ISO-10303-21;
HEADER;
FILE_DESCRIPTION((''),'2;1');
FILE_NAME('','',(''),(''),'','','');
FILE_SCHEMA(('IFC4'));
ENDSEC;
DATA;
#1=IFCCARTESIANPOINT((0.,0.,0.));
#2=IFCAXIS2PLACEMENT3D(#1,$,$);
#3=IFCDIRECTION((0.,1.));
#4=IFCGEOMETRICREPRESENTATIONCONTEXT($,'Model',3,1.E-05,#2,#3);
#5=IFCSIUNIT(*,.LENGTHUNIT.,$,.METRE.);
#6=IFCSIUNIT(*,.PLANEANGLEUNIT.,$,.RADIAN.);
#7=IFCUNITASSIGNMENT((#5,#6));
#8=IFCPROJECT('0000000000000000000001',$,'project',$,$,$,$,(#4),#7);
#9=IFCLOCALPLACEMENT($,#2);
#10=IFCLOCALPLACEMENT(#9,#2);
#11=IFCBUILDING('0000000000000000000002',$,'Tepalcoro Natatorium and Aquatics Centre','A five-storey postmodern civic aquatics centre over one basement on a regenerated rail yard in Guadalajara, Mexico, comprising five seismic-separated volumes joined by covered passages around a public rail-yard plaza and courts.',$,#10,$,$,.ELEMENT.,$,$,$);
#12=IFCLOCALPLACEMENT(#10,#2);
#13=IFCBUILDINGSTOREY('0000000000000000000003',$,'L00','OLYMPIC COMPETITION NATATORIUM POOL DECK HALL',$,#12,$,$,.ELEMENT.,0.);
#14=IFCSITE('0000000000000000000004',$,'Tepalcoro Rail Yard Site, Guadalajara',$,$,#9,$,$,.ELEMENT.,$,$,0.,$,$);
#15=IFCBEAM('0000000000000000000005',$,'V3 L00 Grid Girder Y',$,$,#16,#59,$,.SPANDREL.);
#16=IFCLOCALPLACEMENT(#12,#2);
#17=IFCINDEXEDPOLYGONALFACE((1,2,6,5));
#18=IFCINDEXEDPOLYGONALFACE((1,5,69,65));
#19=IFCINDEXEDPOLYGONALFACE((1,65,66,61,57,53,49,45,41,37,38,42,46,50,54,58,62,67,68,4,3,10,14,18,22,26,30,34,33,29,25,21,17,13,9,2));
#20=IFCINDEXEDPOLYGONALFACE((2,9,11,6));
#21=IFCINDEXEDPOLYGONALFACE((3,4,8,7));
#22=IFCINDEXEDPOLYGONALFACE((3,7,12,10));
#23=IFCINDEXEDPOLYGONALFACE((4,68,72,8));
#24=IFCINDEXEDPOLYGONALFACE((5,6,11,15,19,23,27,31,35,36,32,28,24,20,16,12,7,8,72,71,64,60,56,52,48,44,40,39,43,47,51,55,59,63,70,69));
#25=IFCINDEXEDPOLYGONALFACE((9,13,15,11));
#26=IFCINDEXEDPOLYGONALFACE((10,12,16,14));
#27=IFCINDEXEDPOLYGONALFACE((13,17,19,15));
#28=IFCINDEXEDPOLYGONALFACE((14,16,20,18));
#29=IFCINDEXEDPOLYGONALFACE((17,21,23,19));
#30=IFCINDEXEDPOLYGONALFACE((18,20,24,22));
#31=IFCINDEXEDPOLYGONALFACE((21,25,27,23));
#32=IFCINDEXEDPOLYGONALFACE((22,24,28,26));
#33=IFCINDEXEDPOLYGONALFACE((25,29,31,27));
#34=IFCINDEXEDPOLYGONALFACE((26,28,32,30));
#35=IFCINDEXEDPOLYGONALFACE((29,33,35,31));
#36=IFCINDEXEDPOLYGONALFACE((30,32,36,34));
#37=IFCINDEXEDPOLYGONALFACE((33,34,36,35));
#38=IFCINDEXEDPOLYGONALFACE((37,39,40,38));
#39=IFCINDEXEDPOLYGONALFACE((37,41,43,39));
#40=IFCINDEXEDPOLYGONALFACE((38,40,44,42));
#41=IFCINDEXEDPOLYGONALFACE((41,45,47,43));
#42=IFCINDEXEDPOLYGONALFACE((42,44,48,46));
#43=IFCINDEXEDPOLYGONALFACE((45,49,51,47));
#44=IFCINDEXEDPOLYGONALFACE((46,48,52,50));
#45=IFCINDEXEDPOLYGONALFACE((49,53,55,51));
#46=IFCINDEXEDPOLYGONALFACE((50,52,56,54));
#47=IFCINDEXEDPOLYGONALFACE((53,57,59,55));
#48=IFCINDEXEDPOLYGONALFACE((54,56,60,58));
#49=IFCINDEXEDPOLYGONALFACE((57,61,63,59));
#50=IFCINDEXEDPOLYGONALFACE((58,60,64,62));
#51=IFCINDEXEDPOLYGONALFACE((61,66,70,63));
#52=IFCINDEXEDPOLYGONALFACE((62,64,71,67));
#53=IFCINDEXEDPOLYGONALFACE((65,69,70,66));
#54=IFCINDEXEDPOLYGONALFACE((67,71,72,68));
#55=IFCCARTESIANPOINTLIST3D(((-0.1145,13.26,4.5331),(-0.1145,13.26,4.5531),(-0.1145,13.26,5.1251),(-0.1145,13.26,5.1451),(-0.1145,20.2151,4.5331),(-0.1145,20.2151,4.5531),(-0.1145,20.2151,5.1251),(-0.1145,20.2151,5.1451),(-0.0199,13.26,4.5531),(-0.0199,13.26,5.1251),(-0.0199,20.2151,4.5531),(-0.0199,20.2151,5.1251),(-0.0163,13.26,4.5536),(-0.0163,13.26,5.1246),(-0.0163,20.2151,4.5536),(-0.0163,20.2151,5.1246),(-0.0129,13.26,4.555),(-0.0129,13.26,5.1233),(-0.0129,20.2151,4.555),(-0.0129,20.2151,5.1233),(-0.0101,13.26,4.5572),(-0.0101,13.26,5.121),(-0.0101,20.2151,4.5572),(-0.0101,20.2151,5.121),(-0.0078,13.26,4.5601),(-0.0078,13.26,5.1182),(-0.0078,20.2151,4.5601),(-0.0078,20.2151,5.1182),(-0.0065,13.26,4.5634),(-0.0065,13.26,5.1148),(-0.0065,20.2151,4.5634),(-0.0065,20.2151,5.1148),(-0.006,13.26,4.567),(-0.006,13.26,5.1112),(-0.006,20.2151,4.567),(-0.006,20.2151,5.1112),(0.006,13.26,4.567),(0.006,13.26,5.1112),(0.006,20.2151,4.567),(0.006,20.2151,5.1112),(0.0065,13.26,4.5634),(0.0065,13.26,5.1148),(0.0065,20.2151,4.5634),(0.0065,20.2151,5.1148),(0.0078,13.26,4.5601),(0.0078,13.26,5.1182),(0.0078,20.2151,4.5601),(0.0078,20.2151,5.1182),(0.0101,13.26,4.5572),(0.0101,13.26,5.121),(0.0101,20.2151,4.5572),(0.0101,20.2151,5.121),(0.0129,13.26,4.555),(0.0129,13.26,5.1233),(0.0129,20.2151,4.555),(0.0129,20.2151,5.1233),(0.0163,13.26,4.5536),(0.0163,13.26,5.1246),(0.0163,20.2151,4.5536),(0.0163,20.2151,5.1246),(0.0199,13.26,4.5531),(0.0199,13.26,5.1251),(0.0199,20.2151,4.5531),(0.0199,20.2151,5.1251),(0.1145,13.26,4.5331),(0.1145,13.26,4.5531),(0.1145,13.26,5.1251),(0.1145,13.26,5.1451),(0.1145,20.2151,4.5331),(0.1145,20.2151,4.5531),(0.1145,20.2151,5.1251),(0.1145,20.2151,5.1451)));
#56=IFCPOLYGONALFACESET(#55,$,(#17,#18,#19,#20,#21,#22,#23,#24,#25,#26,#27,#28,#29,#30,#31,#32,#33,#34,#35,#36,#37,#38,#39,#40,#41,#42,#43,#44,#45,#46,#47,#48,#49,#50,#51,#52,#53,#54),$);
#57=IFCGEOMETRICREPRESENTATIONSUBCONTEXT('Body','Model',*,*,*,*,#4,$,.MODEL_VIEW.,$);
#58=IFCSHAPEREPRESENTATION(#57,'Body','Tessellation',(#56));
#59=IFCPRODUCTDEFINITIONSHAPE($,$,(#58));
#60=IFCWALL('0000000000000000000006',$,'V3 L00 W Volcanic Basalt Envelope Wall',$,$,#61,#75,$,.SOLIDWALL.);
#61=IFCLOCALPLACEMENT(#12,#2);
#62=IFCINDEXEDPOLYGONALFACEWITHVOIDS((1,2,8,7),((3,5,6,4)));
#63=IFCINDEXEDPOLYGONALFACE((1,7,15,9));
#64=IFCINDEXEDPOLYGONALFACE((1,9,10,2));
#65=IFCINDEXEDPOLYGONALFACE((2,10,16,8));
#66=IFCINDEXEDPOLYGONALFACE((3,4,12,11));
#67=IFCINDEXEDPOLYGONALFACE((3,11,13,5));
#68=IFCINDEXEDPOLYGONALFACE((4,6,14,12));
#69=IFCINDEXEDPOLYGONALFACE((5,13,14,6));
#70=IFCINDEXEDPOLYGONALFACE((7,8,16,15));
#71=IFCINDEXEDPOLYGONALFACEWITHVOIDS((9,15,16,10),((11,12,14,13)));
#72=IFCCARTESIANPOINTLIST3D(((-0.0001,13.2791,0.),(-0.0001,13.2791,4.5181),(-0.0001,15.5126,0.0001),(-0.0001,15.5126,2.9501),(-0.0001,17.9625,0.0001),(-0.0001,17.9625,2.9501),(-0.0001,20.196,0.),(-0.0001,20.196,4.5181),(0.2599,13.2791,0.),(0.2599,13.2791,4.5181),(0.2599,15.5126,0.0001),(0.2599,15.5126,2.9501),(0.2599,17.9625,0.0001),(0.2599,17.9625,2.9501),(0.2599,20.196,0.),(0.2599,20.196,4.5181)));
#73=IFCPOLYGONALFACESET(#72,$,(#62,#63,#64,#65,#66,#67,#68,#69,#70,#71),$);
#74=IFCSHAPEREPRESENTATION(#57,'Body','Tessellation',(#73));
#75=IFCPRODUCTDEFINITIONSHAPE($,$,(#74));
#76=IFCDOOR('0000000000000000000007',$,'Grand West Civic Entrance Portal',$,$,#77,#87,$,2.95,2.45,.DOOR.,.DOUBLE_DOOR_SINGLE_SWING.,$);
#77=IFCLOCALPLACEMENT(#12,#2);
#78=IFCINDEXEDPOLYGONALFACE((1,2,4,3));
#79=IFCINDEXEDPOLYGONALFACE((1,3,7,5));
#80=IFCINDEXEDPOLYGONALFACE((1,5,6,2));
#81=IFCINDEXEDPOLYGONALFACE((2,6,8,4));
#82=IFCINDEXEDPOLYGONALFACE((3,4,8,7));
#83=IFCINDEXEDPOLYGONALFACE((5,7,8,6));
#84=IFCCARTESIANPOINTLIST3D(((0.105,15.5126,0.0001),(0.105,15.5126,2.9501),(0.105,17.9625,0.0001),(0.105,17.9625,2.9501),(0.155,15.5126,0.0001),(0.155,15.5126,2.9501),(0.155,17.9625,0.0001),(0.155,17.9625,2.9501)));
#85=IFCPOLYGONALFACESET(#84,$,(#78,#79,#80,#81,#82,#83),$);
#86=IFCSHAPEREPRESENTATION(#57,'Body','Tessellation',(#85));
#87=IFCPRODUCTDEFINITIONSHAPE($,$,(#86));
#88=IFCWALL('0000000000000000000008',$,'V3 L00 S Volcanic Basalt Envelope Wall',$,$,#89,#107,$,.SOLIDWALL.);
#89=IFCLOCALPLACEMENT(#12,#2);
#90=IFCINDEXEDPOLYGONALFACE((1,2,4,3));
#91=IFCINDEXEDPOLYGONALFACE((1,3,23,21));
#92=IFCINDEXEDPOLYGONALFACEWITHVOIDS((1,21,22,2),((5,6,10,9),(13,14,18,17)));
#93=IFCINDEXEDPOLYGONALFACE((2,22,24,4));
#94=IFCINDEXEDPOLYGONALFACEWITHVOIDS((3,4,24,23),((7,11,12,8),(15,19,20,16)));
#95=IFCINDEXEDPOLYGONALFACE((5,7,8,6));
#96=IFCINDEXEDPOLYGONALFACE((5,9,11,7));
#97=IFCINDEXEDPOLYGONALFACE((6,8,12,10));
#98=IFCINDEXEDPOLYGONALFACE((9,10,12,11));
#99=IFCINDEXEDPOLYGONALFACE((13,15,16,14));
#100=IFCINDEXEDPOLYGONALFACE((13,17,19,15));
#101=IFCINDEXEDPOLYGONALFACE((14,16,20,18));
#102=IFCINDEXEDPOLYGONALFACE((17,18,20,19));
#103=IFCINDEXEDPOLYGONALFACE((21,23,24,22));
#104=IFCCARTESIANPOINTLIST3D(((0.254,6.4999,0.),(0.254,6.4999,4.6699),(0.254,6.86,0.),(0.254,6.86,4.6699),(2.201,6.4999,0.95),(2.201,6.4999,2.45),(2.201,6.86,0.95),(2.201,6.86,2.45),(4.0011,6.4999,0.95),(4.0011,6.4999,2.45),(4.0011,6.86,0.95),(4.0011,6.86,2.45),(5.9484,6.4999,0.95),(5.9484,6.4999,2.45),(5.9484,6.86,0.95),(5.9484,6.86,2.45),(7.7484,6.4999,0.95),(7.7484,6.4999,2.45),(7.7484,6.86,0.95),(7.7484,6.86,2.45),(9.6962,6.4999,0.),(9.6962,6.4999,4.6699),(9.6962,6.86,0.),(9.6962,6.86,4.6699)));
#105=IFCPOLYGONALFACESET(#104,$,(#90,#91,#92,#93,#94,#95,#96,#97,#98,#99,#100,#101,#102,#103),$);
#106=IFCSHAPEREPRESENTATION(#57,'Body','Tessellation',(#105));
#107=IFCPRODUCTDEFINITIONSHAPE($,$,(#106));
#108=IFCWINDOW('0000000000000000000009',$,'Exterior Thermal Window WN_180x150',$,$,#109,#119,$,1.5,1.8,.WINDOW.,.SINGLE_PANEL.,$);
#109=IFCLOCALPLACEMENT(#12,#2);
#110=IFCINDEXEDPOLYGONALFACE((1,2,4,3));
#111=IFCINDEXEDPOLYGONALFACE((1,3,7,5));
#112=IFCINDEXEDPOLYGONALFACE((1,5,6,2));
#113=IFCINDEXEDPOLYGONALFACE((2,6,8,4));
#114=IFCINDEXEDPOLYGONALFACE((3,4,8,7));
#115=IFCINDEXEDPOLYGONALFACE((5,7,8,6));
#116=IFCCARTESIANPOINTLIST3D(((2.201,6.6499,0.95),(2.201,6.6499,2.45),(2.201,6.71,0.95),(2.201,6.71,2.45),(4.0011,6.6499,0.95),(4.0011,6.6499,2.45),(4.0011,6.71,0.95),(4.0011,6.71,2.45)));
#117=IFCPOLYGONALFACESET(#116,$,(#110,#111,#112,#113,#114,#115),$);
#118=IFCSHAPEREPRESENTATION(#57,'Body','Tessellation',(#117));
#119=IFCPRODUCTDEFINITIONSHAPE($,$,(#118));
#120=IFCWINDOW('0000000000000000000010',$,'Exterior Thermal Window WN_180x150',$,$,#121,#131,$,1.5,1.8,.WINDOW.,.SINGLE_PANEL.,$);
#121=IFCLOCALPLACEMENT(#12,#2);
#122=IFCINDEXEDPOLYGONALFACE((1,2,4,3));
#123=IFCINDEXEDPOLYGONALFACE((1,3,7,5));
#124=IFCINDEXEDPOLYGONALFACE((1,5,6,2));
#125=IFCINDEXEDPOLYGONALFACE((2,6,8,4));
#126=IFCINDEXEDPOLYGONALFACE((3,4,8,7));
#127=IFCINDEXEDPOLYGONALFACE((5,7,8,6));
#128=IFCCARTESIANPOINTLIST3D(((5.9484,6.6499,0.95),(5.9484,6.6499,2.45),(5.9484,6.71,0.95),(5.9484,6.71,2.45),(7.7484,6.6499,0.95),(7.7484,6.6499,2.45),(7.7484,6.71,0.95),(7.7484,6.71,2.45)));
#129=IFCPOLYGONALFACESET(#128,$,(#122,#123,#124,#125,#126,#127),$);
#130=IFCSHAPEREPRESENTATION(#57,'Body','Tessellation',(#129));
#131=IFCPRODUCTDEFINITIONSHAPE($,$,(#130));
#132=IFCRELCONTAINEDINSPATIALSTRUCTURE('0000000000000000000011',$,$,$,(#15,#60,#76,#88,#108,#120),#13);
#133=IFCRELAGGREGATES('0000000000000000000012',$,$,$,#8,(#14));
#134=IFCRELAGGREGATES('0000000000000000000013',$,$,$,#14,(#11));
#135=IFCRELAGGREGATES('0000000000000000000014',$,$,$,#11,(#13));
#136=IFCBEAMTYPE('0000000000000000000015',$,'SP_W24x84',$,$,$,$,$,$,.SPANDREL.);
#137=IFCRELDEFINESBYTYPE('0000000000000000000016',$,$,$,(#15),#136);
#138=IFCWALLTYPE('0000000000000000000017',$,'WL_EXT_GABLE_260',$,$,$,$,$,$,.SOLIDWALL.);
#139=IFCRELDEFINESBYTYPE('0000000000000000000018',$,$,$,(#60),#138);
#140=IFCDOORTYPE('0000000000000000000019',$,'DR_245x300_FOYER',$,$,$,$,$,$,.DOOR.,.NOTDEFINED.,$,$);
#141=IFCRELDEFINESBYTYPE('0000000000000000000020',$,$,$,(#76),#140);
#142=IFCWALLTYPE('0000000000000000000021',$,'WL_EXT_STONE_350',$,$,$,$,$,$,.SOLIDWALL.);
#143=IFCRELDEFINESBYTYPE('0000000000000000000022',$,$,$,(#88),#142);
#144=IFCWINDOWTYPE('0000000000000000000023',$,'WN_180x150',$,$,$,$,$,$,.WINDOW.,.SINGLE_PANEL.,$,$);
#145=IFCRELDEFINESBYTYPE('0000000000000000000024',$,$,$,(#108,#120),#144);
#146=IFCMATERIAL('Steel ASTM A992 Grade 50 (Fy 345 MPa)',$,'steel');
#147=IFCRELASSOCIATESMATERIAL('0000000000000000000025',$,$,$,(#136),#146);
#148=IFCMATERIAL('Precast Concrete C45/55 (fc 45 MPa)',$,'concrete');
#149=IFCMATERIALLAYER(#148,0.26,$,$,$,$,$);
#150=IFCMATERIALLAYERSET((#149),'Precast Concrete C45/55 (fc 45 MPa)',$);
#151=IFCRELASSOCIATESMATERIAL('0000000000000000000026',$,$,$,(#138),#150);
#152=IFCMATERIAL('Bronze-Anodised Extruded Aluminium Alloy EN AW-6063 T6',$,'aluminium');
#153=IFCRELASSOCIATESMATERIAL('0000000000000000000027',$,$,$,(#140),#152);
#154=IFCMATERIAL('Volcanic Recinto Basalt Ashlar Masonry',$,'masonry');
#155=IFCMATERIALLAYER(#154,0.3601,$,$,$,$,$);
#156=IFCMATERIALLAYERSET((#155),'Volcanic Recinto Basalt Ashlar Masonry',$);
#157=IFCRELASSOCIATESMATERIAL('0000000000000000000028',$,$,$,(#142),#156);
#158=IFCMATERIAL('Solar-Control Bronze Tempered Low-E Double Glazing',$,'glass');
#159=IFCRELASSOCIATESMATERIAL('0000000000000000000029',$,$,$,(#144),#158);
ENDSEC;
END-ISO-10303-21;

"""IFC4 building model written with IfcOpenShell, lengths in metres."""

from ifc_helpers import new_model, si_unit, direction, frame, frame_2d, origin, origin_2d, place, context, subcontext, project, spatial, rectangle, i_section, extrude, material, layer, layer_set, material_profile, profile_set, type_object, element, fill, save


model = new_model("IFC4")

# Units and contexts
model_context = context("Model", 3, precision=1e-05, world=origin(), true_north=direction((0.0, 1.0)))
body_context = subcontext(model_context, "Body", "Model", "MODEL_VIEW")
ifc_project = project(units=[si_unit("LENGTHUNIT", "METRE"), si_unit("PLANEANGLEUNIT", "RADIAN")], contexts=[model_context])

# Site, building, storey
site_placement = place(None, origin())
site = spatial("IfcSite", under=ifc_project, at=site_placement, Name="Tepalcoro Rail Yard Site, Guadalajara", CompositionType="ELEMENT", RefElevation=0.0)
building_placement = place(site_placement, origin())
building = spatial("IfcBuilding", under=site, at=building_placement, Name="Tepalcoro Natatorium and Aquatics Centre", Description="A five-storey postmodern civic aquatics centre over one basement on a regenerated rail yard in Guadalajara, Mexico, comprising five seismic-separated volumes joined by covered passages around a public rail-yard plaza and courts.", CompositionType="ELEMENT")
storey_placement = place(building_placement, origin())
storey = spatial("IfcBuildingStorey", under=building, at=storey_placement, Name="L00", Description="OLYMPIC COMPETITION NATATORIUM POOL DECK HALL", CompositionType="ELEMENT", Elevation=0.0)

# Beam
ifc_material_1 = material(Name="Steel ASTM A992 Grade 50 (Fy 345 MPa)", Category="steel")
ifc_material_profile_1 = material_profile(ifc_material_1, i_section(OverallWidth=0.229, OverallDepth=0.6121, WebThickness=0.012, FlangeThickness=0.02, FilletRadius=0.0139, at=origin_2d()), Name="W24X84")
ifc_profile_set_1 = profile_set([ifc_material_profile_1], Name="Steel ASTM A992 Grade 50 (Fy 345 MPa)")
beam_type_1 = type_object("IfcBeamType", Name="SP_W24x84", PredefinedType="SPANDREL", material=ifc_profile_set_1)
beam_1_placement = place(storey_placement, frame((0.0, 13.26, 4.8391), z_axis=(0.0, 1.0, 0.0), x_axis=(-1.0, 0.0, 0.0)))
element("IfcBeam", 1, at=beam_1_placement, inside=storey, type_object=beam_type_1, Name="V3 L00 Grid Girder Y", PredefinedType="SPANDREL", context=body_context, shape_type="SweptSolid", body=[
    extrude(i_section(OverallWidth=0.229, OverallDepth=0.6121, WebThickness=0.012, FlangeThickness=0.02, FilletRadius=0.0139, at=origin_2d()), origin(), (0.0, 0.0, 1.0), 6.9551),
])

# Wall, opening, door
ifc_material_2 = material(Name="Precast Concrete C45/55 (fc 45 MPa)", Category="concrete")
ifc_layer_1 = layer(ifc_material_2, 0.26)
ifc_layer_set_1 = layer_set([ifc_layer_1], Name="Precast Concrete C45/55 (fc 45 MPa)")
wall_type_1 = type_object("IfcWallType", Name="WL_EXT_GABLE_260", PredefinedType="SOLIDWALL", material=ifc_layer_set_1)
wall_1_placement = place(storey_placement, frame((0.1299, 13.2791, 0.0), z_axis=(0.0, 0.0, 1.0), x_axis=(0.0, 1.0, 0.0)))
wall_1 = element("IfcWall", 2, at=wall_1_placement, inside=storey, type_object=wall_type_1, Name="V3 L00 W Volcanic Basalt Envelope Wall", PredefinedType="SOLIDWALL", context=body_context, shape_type="SweptSolid", body=[
    extrude(rectangle(XDim=6.917, YDim=0.26, at=frame_2d((3.4585, 0.0))), origin(), (0.0, 0.0, 1.0), 4.5181),
])
opening_1_placement = place(wall_1_placement, frame((2.2334, 0.0, 0.0)))
opening_1 = element("IfcOpeningElement", 3, at=opening_1_placement, cuts=wall_1, PredefinedType="OPENING", context=body_context, shape_type="SweptSolid", body=[
    extrude(rectangle(XDim=2.45, YDim=2.95, at=frame_2d((1.2251, 1.4751))), frame((0.0, 0.1421, 0.0), z_axis=(0.0, -1.0, 0.0), x_axis=(1.0, 0.0, 0.0)), (0.0, 0.0, 1.0), 0.2839),
])
ifc_material_3 = material(Name="Bronze-Anodised Extruded Aluminium Alloy EN AW-6063 T6", Category="aluminium")
door_type_1 = type_object("IfcDoorType", Name="DR_245x300_FOYER", OperationType="NOTDEFINED", PredefinedType="DOOR", material=ifc_material_3)
door_1_placement = place(opening_1_placement, origin())
door_1 = element("IfcDoor", 4, at=door_1_placement, inside=storey, type_object=door_type_1, Name="Grand West Civic Entrance Portal", OperationType="DOUBLE_DOOR_SINGLE_SWING", OverallHeight=2.95, OverallWidth=2.45, PredefinedType="DOOR", context=body_context, shape_type="SweptSolid", body=[
    extrude(rectangle(XDim=2.45, YDim=2.95, at=frame_2d((1.2251, 1.4751))), frame((0.0, 0.0249, 0.0), z_axis=(0.0, -1.0, 0.0), x_axis=(1.0, 0.0, 0.0)), (0.0, 0.0, 1.0), 0.05),
])
fill(opening_1, door_1)

# Wall, openings, windows
ifc_material_4 = material(Name="Volcanic Recinto Basalt Ashlar Masonry", Category="masonry")
ifc_layer_2 = layer(ifc_material_4, 0.3601)
ifc_layer_set_2 = layer_set([ifc_layer_2], Name="Volcanic Recinto Basalt Ashlar Masonry")
wall_type_2 = type_object("IfcWallType", Name="WL_EXT_STONE_350", PredefinedType="SOLIDWALL", material=ifc_layer_set_2)
wall_2_placement = place(storey_placement, frame((0.2539, 6.6799, 0.0), z_axis=(0.0, 0.0, 1.0), x_axis=(1.0, 0.0, 0.0)))
wall_2 = element("IfcWall", 5, at=wall_2_placement, inside=storey, type_object=wall_type_2, Name="V3 L00 S Volcanic Basalt Envelope Wall", PredefinedType="SOLIDWALL", context=body_context, shape_type="SweptSolid", body=[
    extrude(rectangle(XDim=9.4421, YDim=0.3601, at=frame_2d((4.7212, 0.0))), origin(), (0.0, 0.0, 1.0), 4.6699),
])
opening_2_placement = place(wall_2_placement, frame((1.9473, 0.0, 0.95)))
opening_2 = element("IfcOpeningElement", 6, at=opening_2_placement, cuts=wall_2, PredefinedType="OPENING", context=body_context, shape_type="SweptSolid", body=[
    extrude(rectangle(XDim=1.8, YDim=1.5, at=frame_2d((0.8999, 0.75))), frame((0.0, 0.1919, 0.0), z_axis=(0.0, -1.0, 0.0), x_axis=(1.0, 0.0, 0.0)), (0.0, 0.0, 1.0), 0.384),
])
opening_3_placement = place(wall_2_placement, frame((5.6946, 0.0, 0.95)))
opening_3 = element("IfcOpeningElement", 7, at=opening_3_placement, cuts=wall_2, PredefinedType="OPENING", context=body_context, shape_type="SweptSolid", body=[
    extrude(rectangle(XDim=1.8, YDim=1.5, at=frame_2d((0.8999, 0.75))), frame((0.0, 0.1919, 0.0), z_axis=(0.0, -1.0, 0.0), x_axis=(1.0, 0.0, 0.0)), (0.0, 0.0, 1.0), 0.384),
])
ifc_material_5 = material(Name="Solar-Control Bronze Tempered Low-E Double Glazing", Category="glass")
window_type_1 = type_object("IfcWindowType", Name="WN_180x150", PartitioningType="SINGLE_PANEL", PredefinedType="WINDOW", material=ifc_material_5)
window_1_placement = place(opening_2_placement, origin())
window_1 = element("IfcWindow", 8, at=window_1_placement, inside=storey, type_object=window_type_1, Name="Exterior Thermal Window WN_180x150", OverallHeight=1.5, OverallWidth=1.8, PartitioningType="SINGLE_PANEL", PredefinedType="WINDOW", context=body_context, shape_type="SweptSolid", body=[
    extrude(rectangle(XDim=1.8, YDim=1.5, at=frame_2d((0.8999, 0.75))), frame((0.0, 0.03, 0.0), z_axis=(0.0, -1.0, 0.0), x_axis=(1.0, 0.0, 0.0)), (0.0, 0.0, 1.0), 0.0601),
])
fill(opening_2, window_1)
window_2_placement = place(opening_3_placement, origin())
window_2 = element("IfcWindow", 9, at=window_2_placement, inside=storey, type_object=window_type_1, Name="Exterior Thermal Window WN_180x150", OverallHeight=1.5, OverallWidth=1.8, PartitioningType="SINGLE_PANEL", PredefinedType="WINDOW", context=body_context, shape_type="SweptSolid", body=[
    extrude(rectangle(XDim=1.8, YDim=1.5, at=frame_2d((0.8999, 0.75))), frame((0.0, 0.03, 0.0), z_axis=(0.0, -1.0, 0.0), x_axis=(1.0, 0.0, 0.0)), (0.0, 0.0, 1.0), 0.0601),
])
fill(opening_3, window_2)

save(model, "model.ifc")
